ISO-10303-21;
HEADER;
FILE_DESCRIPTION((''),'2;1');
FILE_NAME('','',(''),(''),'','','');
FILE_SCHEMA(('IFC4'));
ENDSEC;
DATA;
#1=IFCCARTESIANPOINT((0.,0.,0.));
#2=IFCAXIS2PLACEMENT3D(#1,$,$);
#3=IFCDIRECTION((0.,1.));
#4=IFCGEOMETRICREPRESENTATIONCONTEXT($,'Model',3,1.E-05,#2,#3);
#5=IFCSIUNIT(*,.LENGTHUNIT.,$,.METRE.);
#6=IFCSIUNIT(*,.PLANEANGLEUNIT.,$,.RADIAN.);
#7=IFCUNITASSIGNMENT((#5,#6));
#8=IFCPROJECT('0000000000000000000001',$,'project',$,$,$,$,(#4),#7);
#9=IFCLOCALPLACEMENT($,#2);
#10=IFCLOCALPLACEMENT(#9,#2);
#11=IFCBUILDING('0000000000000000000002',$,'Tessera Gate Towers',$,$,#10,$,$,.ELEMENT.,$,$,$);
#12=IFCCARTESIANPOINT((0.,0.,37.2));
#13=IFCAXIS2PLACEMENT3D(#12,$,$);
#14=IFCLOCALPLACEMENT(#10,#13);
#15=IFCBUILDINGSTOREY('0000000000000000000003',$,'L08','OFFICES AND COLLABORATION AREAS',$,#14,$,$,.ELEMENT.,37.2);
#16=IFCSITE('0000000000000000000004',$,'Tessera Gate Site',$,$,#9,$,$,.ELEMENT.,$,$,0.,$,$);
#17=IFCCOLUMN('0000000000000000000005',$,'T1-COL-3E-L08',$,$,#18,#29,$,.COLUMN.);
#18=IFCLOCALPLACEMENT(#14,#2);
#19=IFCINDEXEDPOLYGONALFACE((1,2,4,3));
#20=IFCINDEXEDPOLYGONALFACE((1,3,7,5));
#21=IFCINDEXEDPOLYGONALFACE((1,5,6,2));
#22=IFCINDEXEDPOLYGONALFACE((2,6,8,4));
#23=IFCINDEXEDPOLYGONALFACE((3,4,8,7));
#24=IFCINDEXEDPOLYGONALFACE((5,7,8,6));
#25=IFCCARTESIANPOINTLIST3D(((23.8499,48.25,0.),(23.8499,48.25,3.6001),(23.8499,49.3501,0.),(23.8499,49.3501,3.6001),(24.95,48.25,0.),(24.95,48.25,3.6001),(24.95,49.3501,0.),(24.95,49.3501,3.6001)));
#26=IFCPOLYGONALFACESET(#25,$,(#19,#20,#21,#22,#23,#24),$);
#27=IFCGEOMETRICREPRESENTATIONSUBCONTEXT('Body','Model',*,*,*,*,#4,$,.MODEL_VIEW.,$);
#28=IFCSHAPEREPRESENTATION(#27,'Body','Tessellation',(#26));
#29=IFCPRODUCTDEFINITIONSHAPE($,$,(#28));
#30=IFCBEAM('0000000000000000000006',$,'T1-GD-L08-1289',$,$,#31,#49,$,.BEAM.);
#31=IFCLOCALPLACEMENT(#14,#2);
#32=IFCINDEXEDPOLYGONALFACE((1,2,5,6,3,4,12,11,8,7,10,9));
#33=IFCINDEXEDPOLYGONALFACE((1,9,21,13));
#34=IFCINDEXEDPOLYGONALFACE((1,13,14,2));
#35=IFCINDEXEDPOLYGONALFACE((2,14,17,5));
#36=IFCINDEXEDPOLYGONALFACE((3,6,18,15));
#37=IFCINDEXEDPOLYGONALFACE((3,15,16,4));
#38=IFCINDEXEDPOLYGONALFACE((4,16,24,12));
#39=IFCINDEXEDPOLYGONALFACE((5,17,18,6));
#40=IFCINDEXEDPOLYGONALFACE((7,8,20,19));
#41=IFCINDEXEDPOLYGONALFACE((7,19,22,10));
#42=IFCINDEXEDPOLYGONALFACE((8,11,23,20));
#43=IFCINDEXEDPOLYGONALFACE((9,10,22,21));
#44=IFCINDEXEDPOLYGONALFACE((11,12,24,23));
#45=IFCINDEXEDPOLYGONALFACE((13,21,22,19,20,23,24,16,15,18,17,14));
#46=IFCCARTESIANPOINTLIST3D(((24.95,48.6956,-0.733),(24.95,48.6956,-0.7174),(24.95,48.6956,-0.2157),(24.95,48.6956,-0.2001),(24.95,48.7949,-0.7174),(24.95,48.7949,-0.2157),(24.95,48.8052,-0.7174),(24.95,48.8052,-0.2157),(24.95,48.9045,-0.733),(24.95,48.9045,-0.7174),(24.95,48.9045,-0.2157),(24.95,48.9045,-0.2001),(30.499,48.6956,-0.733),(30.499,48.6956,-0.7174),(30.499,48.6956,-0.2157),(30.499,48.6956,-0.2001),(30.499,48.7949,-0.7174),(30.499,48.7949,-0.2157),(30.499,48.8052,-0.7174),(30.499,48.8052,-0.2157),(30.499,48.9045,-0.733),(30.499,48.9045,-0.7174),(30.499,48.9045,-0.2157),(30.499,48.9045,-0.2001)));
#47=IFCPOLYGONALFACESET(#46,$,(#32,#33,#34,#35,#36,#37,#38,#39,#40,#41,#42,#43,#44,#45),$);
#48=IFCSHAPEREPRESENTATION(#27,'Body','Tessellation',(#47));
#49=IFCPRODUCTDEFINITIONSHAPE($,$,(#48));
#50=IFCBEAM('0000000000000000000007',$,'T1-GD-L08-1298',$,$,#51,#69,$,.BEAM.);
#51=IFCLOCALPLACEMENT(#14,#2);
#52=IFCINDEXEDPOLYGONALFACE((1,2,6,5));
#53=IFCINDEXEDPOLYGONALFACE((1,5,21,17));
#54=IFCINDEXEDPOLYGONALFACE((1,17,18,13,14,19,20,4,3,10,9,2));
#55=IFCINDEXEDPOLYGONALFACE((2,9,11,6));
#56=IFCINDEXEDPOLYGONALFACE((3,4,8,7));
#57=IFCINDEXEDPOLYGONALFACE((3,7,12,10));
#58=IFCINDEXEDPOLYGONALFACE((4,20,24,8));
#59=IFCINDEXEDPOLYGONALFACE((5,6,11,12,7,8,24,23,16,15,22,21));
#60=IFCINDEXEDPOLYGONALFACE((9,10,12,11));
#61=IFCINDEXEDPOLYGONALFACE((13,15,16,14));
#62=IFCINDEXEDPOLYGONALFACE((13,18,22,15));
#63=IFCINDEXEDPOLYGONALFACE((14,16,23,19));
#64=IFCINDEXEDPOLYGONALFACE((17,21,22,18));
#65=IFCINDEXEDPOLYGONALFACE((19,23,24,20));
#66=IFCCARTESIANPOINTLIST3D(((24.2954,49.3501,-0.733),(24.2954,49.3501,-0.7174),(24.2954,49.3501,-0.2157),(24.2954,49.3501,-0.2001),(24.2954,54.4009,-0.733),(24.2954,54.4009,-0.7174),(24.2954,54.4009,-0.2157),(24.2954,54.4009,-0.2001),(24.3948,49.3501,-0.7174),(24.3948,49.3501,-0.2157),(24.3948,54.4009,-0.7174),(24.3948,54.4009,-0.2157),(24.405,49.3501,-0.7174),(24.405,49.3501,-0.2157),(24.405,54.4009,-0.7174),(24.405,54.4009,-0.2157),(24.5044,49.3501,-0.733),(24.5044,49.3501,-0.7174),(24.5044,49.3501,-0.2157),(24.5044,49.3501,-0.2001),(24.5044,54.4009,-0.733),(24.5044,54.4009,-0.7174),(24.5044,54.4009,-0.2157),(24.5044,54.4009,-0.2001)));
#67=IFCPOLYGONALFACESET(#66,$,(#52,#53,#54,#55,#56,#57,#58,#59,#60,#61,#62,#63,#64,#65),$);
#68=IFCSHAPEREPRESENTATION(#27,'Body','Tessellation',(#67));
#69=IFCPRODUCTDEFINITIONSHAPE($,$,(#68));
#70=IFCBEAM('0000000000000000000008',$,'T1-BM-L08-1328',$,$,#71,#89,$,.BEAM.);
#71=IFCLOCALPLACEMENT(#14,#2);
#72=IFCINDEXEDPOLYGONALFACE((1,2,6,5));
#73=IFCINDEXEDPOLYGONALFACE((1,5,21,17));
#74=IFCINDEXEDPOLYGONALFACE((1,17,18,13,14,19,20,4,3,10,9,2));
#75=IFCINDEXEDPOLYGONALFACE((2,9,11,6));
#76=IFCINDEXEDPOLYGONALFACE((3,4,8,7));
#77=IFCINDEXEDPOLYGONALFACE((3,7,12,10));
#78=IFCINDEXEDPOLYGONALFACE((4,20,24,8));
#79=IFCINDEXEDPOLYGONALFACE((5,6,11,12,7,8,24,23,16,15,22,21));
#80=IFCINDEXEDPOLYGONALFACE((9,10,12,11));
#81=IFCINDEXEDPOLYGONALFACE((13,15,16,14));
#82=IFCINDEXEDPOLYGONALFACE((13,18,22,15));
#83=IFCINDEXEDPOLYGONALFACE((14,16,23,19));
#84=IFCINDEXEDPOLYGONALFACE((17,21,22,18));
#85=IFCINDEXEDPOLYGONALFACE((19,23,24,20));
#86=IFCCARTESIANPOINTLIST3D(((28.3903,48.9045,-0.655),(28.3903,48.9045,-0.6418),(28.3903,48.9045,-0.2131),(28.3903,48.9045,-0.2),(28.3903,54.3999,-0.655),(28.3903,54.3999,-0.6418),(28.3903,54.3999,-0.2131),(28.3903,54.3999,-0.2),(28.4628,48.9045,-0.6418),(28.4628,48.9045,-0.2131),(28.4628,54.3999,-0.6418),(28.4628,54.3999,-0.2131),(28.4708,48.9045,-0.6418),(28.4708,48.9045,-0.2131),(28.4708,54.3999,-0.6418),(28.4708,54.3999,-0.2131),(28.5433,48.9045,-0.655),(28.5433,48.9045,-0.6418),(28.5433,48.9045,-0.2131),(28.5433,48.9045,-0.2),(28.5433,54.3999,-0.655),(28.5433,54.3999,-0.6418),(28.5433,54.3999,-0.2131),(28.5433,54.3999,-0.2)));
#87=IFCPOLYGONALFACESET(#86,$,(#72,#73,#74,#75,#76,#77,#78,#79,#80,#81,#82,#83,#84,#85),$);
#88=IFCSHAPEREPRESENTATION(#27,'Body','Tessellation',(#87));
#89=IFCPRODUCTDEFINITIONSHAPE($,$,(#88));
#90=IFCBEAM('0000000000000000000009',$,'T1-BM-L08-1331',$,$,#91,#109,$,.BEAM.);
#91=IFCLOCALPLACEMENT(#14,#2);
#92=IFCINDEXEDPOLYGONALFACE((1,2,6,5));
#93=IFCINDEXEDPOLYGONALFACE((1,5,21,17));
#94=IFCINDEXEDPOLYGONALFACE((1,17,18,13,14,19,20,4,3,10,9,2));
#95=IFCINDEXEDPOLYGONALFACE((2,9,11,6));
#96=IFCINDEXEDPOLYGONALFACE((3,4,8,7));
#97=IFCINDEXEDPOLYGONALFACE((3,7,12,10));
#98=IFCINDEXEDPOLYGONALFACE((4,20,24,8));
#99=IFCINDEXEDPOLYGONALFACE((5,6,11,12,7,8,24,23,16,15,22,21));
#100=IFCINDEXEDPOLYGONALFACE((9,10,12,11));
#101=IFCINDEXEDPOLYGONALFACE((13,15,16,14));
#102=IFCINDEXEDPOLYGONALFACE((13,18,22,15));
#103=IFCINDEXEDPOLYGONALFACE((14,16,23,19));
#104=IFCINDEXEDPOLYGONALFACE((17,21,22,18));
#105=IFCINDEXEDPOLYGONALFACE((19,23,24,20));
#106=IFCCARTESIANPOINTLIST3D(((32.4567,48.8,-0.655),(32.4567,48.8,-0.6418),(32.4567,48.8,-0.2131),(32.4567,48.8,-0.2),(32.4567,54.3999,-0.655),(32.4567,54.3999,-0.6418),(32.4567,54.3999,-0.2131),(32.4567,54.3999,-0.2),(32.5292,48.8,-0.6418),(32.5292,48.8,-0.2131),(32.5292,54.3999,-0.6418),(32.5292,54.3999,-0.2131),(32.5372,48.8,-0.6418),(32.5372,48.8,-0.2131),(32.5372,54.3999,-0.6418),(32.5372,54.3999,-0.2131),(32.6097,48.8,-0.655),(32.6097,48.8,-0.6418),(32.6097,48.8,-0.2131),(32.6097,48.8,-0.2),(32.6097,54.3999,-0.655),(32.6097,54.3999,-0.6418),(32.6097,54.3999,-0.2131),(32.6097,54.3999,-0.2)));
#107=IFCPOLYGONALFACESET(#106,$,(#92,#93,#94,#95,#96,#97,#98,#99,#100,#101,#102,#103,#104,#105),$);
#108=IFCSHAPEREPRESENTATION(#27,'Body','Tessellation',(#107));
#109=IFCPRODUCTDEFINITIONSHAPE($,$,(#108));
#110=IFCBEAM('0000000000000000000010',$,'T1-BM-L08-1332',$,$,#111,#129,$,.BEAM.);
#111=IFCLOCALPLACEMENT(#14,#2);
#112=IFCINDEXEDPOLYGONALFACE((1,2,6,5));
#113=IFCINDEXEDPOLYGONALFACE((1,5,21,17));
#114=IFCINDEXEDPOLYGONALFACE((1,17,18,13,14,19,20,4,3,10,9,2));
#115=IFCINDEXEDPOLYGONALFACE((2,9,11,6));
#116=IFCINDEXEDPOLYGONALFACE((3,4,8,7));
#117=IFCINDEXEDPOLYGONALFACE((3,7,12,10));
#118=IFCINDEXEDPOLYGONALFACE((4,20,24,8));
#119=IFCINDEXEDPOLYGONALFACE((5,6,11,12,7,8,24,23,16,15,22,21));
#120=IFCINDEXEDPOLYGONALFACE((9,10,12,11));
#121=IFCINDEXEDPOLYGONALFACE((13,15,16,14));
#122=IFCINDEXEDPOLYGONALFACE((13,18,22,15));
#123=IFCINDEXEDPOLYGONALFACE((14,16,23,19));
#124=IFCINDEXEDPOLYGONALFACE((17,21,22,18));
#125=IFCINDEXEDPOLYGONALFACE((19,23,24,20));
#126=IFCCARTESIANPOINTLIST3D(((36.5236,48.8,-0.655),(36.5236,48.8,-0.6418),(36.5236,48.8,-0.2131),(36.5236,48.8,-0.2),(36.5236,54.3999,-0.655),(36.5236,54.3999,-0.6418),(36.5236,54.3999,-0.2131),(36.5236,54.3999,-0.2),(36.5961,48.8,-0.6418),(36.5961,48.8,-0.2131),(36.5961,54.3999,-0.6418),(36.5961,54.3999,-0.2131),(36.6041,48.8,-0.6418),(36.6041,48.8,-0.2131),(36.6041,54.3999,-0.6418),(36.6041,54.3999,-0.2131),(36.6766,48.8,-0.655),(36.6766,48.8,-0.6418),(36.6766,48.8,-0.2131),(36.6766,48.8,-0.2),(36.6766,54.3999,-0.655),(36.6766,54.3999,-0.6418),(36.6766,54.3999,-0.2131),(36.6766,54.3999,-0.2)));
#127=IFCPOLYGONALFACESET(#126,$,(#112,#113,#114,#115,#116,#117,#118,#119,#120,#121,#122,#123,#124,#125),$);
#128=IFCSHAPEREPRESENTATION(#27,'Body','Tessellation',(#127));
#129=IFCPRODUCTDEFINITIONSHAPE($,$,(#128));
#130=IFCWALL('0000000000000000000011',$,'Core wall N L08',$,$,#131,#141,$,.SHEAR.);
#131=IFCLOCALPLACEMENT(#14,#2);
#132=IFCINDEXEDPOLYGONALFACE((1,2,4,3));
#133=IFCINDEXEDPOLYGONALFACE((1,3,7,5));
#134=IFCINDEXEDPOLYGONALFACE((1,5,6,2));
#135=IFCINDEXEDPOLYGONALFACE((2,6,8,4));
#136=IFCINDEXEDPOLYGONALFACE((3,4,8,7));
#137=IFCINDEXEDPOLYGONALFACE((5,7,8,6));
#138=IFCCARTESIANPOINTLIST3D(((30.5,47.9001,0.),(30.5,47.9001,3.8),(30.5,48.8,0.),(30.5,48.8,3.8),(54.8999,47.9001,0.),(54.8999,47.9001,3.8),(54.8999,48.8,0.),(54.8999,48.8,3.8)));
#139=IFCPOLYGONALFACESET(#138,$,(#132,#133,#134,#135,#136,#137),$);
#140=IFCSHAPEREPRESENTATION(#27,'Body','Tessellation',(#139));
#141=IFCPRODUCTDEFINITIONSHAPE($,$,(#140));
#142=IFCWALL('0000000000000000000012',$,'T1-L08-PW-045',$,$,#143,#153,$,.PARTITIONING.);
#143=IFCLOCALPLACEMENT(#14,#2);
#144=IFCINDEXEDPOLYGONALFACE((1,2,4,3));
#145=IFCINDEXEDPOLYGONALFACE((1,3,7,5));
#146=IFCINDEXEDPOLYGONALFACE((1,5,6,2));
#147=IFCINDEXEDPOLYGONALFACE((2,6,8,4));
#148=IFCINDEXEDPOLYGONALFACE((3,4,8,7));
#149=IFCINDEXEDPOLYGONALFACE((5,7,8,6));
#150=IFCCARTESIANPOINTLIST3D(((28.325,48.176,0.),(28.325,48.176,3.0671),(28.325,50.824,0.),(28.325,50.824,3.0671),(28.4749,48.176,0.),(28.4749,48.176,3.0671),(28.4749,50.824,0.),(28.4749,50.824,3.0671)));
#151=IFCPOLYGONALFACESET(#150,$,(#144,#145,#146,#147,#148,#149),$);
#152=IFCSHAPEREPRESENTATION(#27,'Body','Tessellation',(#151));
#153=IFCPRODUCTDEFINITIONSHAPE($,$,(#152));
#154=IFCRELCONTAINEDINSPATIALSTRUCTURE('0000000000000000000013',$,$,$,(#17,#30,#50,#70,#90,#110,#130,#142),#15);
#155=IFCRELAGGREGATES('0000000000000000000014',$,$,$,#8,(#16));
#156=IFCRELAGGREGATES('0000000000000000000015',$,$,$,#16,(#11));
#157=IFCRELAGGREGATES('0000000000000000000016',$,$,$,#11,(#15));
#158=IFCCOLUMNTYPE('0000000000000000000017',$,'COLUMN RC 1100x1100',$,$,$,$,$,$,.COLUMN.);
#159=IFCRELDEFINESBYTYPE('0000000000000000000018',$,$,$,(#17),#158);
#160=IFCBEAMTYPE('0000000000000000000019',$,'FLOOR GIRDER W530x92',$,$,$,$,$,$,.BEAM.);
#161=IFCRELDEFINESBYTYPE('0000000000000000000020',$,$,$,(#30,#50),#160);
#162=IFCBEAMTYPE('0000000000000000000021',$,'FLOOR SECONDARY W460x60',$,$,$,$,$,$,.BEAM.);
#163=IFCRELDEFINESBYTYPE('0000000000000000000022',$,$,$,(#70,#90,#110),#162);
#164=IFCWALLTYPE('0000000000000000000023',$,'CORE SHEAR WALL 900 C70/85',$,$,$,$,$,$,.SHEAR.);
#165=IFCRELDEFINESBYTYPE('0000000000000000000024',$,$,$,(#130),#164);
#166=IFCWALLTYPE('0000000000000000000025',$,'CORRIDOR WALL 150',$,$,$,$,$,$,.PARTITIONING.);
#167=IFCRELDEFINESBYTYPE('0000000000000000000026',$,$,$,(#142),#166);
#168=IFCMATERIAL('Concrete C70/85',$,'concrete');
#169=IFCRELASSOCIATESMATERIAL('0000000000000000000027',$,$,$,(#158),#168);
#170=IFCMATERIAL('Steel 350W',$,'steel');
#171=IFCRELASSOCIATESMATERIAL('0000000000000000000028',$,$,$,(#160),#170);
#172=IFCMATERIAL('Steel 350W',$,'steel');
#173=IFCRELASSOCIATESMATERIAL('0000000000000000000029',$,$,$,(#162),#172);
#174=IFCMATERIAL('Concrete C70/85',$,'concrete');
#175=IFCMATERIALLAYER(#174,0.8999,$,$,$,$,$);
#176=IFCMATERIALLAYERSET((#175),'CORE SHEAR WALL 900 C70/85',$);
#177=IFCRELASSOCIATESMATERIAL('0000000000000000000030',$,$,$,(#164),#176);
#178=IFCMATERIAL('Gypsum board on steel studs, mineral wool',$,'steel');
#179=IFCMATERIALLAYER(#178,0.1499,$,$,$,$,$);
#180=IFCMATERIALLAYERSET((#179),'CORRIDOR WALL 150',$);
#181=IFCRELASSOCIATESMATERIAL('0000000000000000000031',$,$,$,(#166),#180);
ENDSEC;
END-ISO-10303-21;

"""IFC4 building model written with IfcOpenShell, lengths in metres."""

from ifc_helpers import new_model, si_unit, direction, frame, frame_2d, origin, origin_2d, place, context, subcontext, project, spatial, rectangle, i_section, extrude, material, layer, layer_set, material_profile, profile_set, type_object, element, save


model = new_model("IFC4")

# Units and contexts
model_context = context("Model", 3, precision=1e-05, world=origin(), true_north=direction((0.0, 1.0)))
body_context = subcontext(model_context, "Body", "Model", "MODEL_VIEW")
ifc_project = project(units=[si_unit("LENGTHUNIT", "METRE"), si_unit("PLANEANGLEUNIT", "RADIAN")], contexts=[model_context])

# Site, building, storey
site_placement = place(None, origin())
site = spatial("IfcSite", under=ifc_project, at=site_placement, Name="Tessera Gate Site", CompositionType="ELEMENT", RefElevation=0.0)
building_placement = place(site_placement, origin())
building = spatial("IfcBuilding", under=site, at=building_placement, Name="Tessera Gate Towers", CompositionType="ELEMENT")
storey_placement = place(building_placement, frame((0.0, 0.0, 37.2)))
storey = spatial("IfcBuildingStorey", under=building, at=storey_placement, Name="L08", Description="OFFICES AND COLLABORATION AREAS", CompositionType="ELEMENT", Elevation=37.2)

# Column
ifc_material_1 = material(Name="Concrete C70/85", Category="concrete")
ifc_material_profile_1 = material_profile(ifc_material_1, rectangle(XDim=1.1001, YDim=1.1001, at=origin_2d()), Name="RC 1100x1100")
ifc_profile_set_1 = profile_set([ifc_material_profile_1], Name="Concrete C70/85")
column_type = type_object("IfcColumnType", Name="COLUMN RC 1100x1100", PredefinedType="COLUMN", material=ifc_profile_set_1)
column_placement = place(storey_placement, frame((24.3999, 48.8, 0.0), z_axis=(0.0, 0.0, 1.0), x_axis=(1.0, 0.0, 0.0)))
element("IfcColumn", 1, at=column_placement, inside=storey, type_object=column_type, Name="T1-COL-3E-L08", PredefinedType="COLUMN", context=body_context, shape_type="SweptSolid", body=[
    extrude(rectangle(XDim=1.1001, YDim=1.1001, at=origin_2d()), origin(), (0.0, 0.0, 1.0), 3.6001),
])

# Beams
ifc_material_2 = material(Name="Steel 350W", Category="steel")
ifc_material_profile_2 = material_profile(ifc_material_2, i_section(OverallWidth=0.209, OverallDepth=0.533, WebThickness=0.0103, FlangeThickness=0.0156, at=origin_2d()), Name="W530x92")
ifc_profile_set_2 = profile_set([ifc_material_profile_2], Name="Steel 350W")
beam_type_1 = type_object("IfcBeamType", Name="FLOOR GIRDER W530x92", PredefinedType="BEAM", material=ifc_profile_set_2)
beam_1_placement = place(storey_placement, frame((24.95, 48.8, -0.4666), z_axis=(1.0, 0.0, 0.0), x_axis=(0.0, 1.0, 0.0)))
element("IfcBeam", 2, at=beam_1_placement, inside=storey, type_object=beam_type_1, Name="T1-GD-L08-1289", PredefinedType="BEAM", context=body_context, shape_type="SweptSolid", body=[
    extrude(i_section(OverallWidth=0.209, OverallDepth=0.533, WebThickness=0.0103, FlangeThickness=0.0156, at=origin_2d()), origin(), (0.0, 0.0, 1.0), 5.5491),
])
beam_2_placement = place(storey_placement, frame((24.3999, 49.3501, -0.4666), z_axis=(0.0, 1.0, 0.0), x_axis=(-1.0, 0.0, 0.0)))
element("IfcBeam", 3, at=beam_2_placement, inside=storey, type_object=beam_type_1, Name="T1-GD-L08-1298", PredefinedType="BEAM", context=body_context, shape_type="SweptSolid", body=[
    extrude(i_section(OverallWidth=0.209, OverallDepth=0.533, WebThickness=0.0103, FlangeThickness=0.0156, at=origin_2d()), origin(), (0.0, 0.0, 1.0), 5.0508),
])
ifc_material_3 = material(Name="Steel 350W", Category="steel")
ifc_material_profile_3 = material_profile(ifc_material_3, i_section(OverallWidth=0.1531, OverallDepth=0.4551, WebThickness=0.0081, FlangeThickness=0.0132, at=origin_2d()), Name="W460x60")
ifc_profile_set_3 = profile_set([ifc_material_profile_3], Name="Steel 350W")
beam_type_2 = type_object("IfcBeamType", Name="FLOOR SECONDARY W460x60", PredefinedType="BEAM", material=ifc_profile_set_3)
beam_3_placement = place(storey_placement, frame((28.4668, 48.9045, -0.4275), z_axis=(0.0, 1.0, 0.0), x_axis=(-1.0, 0.0, 0.0)))
element("IfcBeam", 4, at=beam_3_placement, inside=storey, type_object=beam_type_2, Name="T1-BM-L08-1328", PredefinedType="BEAM", context=body_context, shape_type="SweptSolid", body=[
    extrude(i_section(OverallWidth=0.1531, OverallDepth=0.4551, WebThickness=0.0081, FlangeThickness=0.0132, at=origin_2d()), origin(), (0.0, 0.0, 1.0), 5.4954),
])
for number, where, z_axis, x_axis, name in (
    (5, (32.5332, 48.8, -0.4275), (0.0, 1.0, 0.0), (-1.0, 0.0, 0.0), "T1-BM-L08-1331"),
    (6, (36.6001, 48.8, -0.4275), (0.0, 1.0, 0.0), (-1.0, 0.0, 0.0), "T1-BM-L08-1332"),
):
    element("IfcBeam", number, at=place(storey_placement, frame(where, z_axis=z_axis, x_axis=x_axis)), inside=storey, type_object=beam_type_2, Name=name, PredefinedType="BEAM", context=body_context, shape_type="SweptSolid", body=[
        extrude(i_section(OverallWidth=0.1531, OverallDepth=0.4551, WebThickness=0.0081, FlangeThickness=0.0132, at=origin_2d()), origin(), (0.0, 0.0, 1.0), 5.5999),
    ])

# Walls
ifc_material_4 = material(Name="Concrete C70/85", Category="concrete")
ifc_layer_1 = layer(ifc_material_4, 0.8999)
ifc_layer_set_1 = layer_set([ifc_layer_1], Name="CORE SHEAR WALL 900 C70/85")
wall_type_1 = type_object("IfcWallType", Name="CORE SHEAR WALL 900 C70/85", PredefinedType="SHEAR", material=ifc_layer_set_1)
wall_1_placement = place(storey_placement, frame((30.5, 48.3501, 0.0), z_axis=(0.0, 0.0, 1.0), x_axis=(1.0, 0.0, 0.0)))
element("IfcWall", 7, at=wall_1_placement, inside=storey, type_object=wall_type_1, Name="Core wall N L08", PredefinedType="SHEAR", context=body_context, shape_type="SweptSolid", body=[
    extrude(rectangle(XDim=24.3999, YDim=0.8999, at=frame_2d((12.2, 0.0))), origin(), (0.0, 0.0, 1.0), 3.8),
])
ifc_material_5 = material(Name="Gypsum board on steel studs, mineral wool", Category="steel")
ifc_layer_2 = layer(ifc_material_5, 0.1499)
ifc_layer_set_2 = layer_set([ifc_layer_2], Name="CORRIDOR WALL 150")
wall_type_2 = type_object("IfcWallType", Name="CORRIDOR WALL 150", PredefinedType="PARTITIONING", material=ifc_layer_set_2)
wall_2_placement = place(storey_placement, frame((28.3999, 48.176, 0.0), z_axis=(0.0, 0.0, 1.0), x_axis=(0.0, 1.0, 0.0)))
element("IfcWall", 8, at=wall_2_placement, inside=storey, type_object=wall_type_2, Name="T1-L08-PW-045", PredefinedType="PARTITIONING", context=body_context, shape_type="SweptSolid", body=[
    extrude(rectangle(XDim=2.6479, YDim=0.1499, at=frame_2d((1.324, 0.0))), origin(), (0.0, 0.0, 1.0), 3.0671),
])

save(model, "model.ifc")
